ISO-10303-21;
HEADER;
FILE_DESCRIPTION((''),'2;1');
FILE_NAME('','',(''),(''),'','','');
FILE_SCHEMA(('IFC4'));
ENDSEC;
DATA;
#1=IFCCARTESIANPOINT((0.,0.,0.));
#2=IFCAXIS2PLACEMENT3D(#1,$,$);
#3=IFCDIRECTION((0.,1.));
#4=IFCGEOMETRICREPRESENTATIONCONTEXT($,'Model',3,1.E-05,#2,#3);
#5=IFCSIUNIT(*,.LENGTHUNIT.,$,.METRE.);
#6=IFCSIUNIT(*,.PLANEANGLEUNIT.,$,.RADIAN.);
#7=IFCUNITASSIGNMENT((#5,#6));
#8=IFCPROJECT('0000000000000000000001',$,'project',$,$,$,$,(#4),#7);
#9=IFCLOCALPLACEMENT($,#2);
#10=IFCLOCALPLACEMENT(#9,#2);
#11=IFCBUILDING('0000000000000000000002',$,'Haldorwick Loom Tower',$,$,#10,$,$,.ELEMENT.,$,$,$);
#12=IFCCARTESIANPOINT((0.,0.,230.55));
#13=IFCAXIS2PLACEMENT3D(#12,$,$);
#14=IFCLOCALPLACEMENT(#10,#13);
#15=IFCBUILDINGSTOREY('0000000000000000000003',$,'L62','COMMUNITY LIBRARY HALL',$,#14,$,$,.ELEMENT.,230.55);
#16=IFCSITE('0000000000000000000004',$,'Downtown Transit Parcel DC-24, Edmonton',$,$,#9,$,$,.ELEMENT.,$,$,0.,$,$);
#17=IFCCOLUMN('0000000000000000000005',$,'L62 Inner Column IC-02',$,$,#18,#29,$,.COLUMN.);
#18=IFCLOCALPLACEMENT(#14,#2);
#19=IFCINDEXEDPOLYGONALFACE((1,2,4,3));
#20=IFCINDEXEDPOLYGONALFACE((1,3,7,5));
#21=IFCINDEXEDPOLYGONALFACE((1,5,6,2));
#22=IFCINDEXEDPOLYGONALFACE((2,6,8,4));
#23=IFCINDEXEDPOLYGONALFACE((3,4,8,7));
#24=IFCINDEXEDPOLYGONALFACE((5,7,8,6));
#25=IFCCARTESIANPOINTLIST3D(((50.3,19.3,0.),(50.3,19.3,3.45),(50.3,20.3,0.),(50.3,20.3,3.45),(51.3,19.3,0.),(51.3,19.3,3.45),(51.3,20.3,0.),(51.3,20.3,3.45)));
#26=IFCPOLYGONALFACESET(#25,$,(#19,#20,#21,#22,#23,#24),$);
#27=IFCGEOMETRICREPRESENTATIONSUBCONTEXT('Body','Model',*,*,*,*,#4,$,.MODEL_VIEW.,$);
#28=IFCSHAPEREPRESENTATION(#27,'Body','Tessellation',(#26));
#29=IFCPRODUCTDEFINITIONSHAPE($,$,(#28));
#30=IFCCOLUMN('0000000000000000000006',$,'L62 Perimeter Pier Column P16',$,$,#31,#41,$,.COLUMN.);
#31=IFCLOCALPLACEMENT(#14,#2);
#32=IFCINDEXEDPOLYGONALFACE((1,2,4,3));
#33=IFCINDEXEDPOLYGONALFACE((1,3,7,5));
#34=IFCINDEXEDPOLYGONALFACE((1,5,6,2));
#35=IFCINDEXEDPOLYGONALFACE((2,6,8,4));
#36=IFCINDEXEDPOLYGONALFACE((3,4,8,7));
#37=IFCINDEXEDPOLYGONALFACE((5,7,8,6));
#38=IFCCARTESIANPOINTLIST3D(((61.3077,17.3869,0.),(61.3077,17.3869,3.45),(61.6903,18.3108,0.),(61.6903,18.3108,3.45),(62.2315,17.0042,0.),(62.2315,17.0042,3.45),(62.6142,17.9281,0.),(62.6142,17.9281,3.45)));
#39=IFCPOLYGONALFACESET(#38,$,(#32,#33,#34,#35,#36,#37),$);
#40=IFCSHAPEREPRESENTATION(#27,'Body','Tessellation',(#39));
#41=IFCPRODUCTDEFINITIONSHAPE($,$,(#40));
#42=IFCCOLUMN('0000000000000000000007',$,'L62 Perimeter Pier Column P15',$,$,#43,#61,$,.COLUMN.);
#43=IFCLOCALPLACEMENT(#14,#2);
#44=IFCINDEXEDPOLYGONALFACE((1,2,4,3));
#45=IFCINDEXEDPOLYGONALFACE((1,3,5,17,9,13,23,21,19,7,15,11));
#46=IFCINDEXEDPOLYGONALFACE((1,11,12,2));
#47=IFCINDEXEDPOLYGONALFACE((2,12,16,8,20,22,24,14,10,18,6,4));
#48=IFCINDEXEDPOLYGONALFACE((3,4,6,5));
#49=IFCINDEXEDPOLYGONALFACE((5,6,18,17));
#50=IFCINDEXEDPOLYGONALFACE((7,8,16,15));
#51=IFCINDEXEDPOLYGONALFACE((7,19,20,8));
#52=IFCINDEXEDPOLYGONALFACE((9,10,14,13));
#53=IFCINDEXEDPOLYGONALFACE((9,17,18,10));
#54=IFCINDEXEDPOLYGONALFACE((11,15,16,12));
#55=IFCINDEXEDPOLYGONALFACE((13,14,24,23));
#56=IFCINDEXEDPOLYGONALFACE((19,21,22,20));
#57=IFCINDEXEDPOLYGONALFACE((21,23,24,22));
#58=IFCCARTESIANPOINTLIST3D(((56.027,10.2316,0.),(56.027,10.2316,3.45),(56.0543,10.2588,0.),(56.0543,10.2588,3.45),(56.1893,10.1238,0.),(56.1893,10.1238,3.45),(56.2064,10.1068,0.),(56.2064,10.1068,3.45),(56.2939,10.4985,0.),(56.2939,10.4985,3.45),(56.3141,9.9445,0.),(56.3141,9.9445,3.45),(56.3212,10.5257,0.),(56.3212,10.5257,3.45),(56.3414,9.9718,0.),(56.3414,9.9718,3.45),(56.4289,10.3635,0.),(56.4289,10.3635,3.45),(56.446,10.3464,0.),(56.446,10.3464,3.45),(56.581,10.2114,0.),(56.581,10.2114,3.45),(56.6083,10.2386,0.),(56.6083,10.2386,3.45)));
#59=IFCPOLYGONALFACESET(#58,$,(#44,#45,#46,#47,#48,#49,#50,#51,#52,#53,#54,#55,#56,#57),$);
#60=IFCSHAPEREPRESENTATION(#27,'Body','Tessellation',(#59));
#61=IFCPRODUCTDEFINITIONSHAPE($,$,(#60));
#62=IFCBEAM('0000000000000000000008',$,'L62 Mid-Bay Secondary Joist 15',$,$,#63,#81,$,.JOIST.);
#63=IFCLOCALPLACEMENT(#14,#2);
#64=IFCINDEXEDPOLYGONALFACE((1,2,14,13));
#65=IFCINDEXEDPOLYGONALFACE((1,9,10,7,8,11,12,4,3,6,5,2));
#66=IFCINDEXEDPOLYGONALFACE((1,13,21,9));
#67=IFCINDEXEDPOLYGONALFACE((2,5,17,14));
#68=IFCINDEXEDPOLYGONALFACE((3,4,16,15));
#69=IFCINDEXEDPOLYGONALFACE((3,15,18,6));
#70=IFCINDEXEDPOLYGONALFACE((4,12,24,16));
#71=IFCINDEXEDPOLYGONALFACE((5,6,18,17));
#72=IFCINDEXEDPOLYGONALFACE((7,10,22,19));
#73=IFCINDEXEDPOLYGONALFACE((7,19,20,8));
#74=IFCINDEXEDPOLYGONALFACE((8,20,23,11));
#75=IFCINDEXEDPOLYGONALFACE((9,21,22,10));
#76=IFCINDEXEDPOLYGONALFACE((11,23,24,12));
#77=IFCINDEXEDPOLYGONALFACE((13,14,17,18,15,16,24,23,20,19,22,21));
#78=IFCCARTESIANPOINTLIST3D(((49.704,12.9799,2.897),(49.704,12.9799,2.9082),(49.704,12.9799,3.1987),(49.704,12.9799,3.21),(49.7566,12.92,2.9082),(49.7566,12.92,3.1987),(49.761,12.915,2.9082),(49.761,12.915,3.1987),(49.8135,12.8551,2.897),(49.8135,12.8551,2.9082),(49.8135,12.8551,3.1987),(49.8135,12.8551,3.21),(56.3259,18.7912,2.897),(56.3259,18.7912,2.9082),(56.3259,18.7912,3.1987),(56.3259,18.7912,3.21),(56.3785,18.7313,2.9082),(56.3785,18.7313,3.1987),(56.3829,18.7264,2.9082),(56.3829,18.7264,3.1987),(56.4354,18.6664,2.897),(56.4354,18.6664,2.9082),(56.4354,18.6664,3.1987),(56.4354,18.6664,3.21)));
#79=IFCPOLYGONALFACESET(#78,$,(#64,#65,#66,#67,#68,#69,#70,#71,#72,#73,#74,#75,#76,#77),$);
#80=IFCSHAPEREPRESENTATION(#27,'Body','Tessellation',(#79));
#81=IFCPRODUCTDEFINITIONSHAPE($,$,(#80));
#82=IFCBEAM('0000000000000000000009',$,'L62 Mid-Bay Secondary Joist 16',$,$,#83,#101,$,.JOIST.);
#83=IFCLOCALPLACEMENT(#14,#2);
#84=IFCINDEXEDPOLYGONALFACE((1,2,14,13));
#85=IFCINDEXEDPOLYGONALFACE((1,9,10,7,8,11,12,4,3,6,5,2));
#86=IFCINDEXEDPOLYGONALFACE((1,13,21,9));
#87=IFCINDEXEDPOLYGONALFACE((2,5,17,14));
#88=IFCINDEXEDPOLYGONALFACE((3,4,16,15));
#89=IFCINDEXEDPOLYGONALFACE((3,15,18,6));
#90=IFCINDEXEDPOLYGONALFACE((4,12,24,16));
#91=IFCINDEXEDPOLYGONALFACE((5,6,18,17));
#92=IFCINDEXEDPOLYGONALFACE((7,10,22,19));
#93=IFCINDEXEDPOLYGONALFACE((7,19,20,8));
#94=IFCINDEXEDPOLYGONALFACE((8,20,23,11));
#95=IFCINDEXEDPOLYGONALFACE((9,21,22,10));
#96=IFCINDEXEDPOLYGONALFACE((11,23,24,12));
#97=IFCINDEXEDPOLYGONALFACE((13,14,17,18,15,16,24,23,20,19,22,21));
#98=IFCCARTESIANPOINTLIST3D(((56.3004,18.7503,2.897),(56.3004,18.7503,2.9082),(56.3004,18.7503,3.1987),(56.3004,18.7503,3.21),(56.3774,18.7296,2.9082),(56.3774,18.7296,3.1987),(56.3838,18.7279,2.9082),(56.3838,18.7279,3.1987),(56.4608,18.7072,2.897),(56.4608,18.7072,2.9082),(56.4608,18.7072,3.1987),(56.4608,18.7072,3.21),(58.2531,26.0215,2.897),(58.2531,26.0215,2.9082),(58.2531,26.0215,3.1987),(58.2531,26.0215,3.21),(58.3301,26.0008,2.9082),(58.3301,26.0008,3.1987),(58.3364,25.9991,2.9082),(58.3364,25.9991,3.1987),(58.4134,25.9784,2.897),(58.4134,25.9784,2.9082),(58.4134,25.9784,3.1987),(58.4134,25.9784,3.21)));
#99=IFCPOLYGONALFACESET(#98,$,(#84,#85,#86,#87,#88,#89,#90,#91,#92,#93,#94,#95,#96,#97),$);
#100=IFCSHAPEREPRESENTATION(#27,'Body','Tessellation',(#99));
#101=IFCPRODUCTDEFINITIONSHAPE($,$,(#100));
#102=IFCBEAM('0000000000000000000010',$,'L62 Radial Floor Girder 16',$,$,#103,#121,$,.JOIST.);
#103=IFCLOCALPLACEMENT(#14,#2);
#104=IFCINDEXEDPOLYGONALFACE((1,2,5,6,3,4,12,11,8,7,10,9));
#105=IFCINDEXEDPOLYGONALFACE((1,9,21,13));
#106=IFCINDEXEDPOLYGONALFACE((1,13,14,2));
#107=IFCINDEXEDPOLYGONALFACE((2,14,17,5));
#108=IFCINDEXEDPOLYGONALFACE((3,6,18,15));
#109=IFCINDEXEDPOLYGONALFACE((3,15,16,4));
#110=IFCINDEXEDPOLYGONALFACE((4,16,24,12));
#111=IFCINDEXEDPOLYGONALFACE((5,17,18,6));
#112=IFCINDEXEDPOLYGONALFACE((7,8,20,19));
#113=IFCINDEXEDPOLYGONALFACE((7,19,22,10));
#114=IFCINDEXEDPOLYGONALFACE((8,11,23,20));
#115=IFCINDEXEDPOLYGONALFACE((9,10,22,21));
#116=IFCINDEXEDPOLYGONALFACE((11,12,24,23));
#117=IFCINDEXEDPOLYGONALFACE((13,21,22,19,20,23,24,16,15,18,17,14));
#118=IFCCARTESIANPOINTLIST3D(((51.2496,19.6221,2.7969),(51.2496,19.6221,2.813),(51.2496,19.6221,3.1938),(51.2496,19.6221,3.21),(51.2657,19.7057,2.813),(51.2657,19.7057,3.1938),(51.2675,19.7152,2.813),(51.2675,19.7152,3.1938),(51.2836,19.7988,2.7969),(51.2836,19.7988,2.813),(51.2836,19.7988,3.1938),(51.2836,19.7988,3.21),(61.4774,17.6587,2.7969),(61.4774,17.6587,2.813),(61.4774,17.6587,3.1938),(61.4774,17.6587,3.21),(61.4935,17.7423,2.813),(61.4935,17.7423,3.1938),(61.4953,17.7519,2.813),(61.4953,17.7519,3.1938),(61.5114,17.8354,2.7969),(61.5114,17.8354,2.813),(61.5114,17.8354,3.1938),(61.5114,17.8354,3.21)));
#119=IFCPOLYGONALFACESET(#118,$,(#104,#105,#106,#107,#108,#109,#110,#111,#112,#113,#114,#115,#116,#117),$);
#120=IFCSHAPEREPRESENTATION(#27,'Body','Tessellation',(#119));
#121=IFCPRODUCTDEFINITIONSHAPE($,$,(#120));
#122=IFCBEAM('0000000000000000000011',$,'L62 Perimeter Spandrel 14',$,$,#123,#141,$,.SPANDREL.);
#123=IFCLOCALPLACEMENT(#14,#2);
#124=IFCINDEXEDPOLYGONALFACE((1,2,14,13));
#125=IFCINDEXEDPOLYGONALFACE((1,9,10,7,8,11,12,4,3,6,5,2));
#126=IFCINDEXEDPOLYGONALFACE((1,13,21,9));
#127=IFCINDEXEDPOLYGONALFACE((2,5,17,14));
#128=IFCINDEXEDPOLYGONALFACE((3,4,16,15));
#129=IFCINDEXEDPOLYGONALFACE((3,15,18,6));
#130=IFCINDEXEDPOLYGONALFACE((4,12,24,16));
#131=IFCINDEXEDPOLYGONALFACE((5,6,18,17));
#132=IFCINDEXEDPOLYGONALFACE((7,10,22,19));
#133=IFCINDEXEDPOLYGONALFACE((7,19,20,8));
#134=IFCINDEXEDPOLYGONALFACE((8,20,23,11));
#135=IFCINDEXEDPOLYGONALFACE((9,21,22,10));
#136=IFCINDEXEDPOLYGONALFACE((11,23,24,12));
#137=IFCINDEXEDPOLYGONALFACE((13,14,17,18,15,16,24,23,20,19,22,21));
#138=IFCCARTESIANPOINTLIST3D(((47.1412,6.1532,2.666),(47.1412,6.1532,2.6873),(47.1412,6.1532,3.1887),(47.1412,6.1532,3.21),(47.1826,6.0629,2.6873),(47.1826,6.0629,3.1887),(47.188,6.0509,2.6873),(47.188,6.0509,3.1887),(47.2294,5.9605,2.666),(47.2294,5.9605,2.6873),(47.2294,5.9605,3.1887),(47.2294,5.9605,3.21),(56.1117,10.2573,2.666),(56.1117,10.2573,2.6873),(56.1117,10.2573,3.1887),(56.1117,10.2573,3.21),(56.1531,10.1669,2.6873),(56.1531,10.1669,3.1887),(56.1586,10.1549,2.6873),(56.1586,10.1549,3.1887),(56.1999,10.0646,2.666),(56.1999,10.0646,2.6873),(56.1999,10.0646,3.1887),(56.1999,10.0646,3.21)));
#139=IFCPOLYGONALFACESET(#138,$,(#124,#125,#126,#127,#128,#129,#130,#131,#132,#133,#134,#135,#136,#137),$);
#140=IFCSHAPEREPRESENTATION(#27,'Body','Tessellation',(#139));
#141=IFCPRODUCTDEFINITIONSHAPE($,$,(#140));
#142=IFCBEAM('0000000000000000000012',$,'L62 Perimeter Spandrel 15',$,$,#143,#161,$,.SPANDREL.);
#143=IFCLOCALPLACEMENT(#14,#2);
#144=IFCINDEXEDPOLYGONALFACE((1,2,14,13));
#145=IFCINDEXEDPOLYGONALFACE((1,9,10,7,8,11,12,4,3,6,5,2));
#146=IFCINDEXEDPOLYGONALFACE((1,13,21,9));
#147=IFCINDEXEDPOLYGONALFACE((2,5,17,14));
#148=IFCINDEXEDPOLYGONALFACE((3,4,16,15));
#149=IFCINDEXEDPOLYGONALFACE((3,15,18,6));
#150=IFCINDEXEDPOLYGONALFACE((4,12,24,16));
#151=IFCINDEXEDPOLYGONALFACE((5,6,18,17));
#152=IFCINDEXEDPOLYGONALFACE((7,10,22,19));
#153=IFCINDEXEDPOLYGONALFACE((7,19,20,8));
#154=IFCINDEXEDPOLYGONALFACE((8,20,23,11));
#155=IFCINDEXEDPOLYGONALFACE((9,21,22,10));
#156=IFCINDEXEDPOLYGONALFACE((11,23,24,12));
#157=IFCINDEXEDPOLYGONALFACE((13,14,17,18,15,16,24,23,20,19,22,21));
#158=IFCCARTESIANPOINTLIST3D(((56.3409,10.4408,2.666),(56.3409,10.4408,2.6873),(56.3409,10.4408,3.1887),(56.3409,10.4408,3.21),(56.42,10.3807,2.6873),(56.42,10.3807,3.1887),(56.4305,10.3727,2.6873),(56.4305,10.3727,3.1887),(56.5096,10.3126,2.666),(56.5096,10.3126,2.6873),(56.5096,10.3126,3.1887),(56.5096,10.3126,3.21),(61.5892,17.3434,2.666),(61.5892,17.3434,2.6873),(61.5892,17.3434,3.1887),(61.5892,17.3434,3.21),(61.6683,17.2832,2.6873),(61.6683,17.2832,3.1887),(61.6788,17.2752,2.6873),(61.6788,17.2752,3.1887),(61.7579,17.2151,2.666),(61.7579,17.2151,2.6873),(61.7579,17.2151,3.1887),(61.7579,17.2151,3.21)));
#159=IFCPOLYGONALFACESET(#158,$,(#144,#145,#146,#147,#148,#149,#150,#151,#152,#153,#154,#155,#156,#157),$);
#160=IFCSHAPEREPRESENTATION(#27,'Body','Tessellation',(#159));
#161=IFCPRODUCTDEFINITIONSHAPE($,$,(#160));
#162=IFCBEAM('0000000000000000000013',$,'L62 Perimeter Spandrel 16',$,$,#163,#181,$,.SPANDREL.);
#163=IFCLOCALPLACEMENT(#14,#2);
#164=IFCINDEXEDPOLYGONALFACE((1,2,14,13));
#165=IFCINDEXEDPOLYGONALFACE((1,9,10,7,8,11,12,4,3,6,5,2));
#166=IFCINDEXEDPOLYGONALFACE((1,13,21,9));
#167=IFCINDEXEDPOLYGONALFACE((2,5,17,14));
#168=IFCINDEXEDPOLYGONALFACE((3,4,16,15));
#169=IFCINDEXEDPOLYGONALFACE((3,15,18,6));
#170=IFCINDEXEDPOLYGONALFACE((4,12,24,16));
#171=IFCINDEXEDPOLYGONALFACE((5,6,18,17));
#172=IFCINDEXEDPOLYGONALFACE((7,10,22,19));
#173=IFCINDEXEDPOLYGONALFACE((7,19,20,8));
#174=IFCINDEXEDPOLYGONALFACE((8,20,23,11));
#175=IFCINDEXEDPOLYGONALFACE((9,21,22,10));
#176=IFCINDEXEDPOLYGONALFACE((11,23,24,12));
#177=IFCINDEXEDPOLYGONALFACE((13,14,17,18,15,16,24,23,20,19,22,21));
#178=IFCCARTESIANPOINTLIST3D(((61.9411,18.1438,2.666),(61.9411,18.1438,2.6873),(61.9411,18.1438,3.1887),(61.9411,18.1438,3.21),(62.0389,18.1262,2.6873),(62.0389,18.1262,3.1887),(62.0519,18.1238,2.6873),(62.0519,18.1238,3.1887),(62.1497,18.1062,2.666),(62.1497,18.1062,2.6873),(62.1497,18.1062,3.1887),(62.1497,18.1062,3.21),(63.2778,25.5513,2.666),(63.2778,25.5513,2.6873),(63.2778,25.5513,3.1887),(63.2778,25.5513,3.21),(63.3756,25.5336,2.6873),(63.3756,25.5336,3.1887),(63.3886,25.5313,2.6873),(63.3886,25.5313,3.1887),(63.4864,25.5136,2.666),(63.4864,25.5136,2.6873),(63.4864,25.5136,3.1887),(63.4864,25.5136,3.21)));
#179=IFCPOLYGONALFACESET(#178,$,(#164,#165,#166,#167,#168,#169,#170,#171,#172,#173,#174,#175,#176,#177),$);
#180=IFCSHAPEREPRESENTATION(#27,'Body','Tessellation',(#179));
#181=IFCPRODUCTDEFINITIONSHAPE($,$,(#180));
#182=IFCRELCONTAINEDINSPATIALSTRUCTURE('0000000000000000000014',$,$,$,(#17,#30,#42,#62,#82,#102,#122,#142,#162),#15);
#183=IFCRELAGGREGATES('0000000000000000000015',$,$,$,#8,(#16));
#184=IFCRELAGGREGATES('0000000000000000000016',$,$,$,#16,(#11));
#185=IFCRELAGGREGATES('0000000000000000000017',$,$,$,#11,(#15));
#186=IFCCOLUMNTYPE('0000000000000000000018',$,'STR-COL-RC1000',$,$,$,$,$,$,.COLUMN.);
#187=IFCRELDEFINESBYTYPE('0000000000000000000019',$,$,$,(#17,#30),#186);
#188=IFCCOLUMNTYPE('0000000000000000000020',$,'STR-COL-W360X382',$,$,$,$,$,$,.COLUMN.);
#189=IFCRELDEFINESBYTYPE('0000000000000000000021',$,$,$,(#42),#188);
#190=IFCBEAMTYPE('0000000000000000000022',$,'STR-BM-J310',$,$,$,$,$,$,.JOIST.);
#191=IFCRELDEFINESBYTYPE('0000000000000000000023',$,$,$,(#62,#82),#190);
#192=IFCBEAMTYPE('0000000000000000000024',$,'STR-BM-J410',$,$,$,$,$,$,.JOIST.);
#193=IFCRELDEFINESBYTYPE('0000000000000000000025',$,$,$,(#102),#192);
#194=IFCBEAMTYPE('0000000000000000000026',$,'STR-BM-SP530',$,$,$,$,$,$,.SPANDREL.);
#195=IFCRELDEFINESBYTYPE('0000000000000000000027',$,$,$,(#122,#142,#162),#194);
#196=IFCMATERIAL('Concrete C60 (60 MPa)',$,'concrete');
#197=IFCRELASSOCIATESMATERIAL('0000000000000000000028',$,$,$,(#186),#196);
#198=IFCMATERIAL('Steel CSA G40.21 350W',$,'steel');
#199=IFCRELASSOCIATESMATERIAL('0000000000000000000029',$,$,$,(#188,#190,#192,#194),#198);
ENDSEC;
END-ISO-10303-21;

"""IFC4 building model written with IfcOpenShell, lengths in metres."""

from ifc_helpers import new_model, si_unit, direction, frame, origin, origin_2d, place, context, subcontext, project, spatial, rectangle, i_section, extrude, material, material_profile, profile_set, type_object, element, save


model = new_model("IFC4")

# Units and contexts
model_context = context("Model", 3, precision=1e-05, world=origin(), true_north=direction((0.0, 1.0)))
body_context = subcontext(model_context, "Body", "Model", "MODEL_VIEW")
ifc_project = project(units=[si_unit("LENGTHUNIT", "METRE"), si_unit("PLANEANGLEUNIT", "RADIAN")], contexts=[model_context])

# Site, building, storey
site_placement = place(None, origin())
site = spatial("IfcSite", under=ifc_project, at=site_placement, Name="Downtown Transit Parcel DC-24, Edmonton", CompositionType="ELEMENT", RefElevation=0.0)
building_placement = place(site_placement, origin())
building = spatial("IfcBuilding", under=site, at=building_placement, Name="Haldorwick Loom Tower", CompositionType="ELEMENT")
storey_placement = place(building_placement, frame((0.0, 0.0, 230.55)))
storey = spatial("IfcBuildingStorey", under=building, at=storey_placement, Name="L62", Description="COMMUNITY LIBRARY HALL", CompositionType="ELEMENT", Elevation=230.55)

# Columns
ifc_material_1 = material(Name="Concrete C60 (60 MPa)", Category="concrete")
ifc_material_profile_1 = material_profile(ifc_material_1, rectangle(XDim=1.0, YDim=1.0, at=origin_2d()), Name="RC1000X1000", Category="concrete")
ifc_profile_set_1 = profile_set([ifc_material_profile_1], Name="Concrete C60 (60 MPa)")
column_type_1 = type_object("IfcColumnType", Name="STR-COL-RC1000", PredefinedType="COLUMN", material=ifc_profile_set_1)
for number, where, z_axis, x_axis, name in (
    (1, (50.8, 19.8, 0.0), (0.0, 0.0, 1.0), (1.0, 0.0, 0.0), "L62 Inner Column IC-02"),
    (2, (61.9609, 17.6575, 0.0), (0.0, 0.0, 1.0), (0.92388, -0.382683, 0.0), "L62 Perimeter Pier Column P16"),
):
    element("IfcColumn", number, at=place(storey_placement, frame(where, z_axis=z_axis, x_axis=x_axis)), inside=storey, type_object=column_type_1, Name=name, PredefinedType="COLUMN", context=body_context, shape_type="SweptSolid", body=[
        extrude(rectangle(XDim=1.0, YDim=1.0, at=origin_2d()), origin(), (0.0, 0.0, 1.0), 3.45),
    ])
ifc_material_2 = material(Name="Steel CSA G40.21 350W", Category="steel")
ifc_material_profile_2 = material_profile(ifc_material_2, i_section(OverallWidth=0.406, OverallDepth=0.416, WebThickness=0.0242, FlangeThickness=0.0386, at=origin_2d()), Name="W360X382", Category="steel")
ifc_profile_set_2 = profile_set([ifc_material_profile_2], Name="Steel CSA G40.21 350W")
column_type_2 = type_object("IfcColumnType", Name="STR-COL-W360X382", PredefinedType="COLUMN", material=ifc_profile_set_2)
column_placement = place(storey_placement, frame((56.3176, 10.2351, 0.0), z_axis=(0.0, 0.0, 1.0), x_axis=(0.707107, -0.707107, 0.0)))
element("IfcColumn", 3, at=column_placement, inside=storey, type_object=column_type_2, Name="L62 Perimeter Pier Column P15", PredefinedType="COLUMN", context=body_context, shape_type="SweptSolid", body=[
    extrude(i_section(OverallWidth=0.406, OverallDepth=0.416, WebThickness=0.0242, FlangeThickness=0.0386, at=origin_2d()), origin(), (0.0, 0.0, 1.0), 3.45),
])

# Beams
ifc_material_profile_3 = material_profile(ifc_material_2, i_section(OverallWidth=0.166, OverallDepth=0.313, WebThickness=0.0066, FlangeThickness=0.0112, at=origin_2d()), Name="W310X45", Category="steel")
ifc_profile_set_3 = profile_set([ifc_material_profile_3], Name="Steel CSA G40.21 350W")
beam_type_1 = type_object("IfcBeamType", Name="STR-BM-J310", PredefinedType="JOIST", material=ifc_profile_set_3)
beam_1_placement = place(storey_placement, frame((49.7588, 12.9175, 3.0535), z_axis=(0.751609, 0.659608, 0.0), x_axis=(-0.659608, 0.751609, 0.0)))
element("IfcBeam", 4, at=beam_1_placement, inside=storey, type_object=beam_type_1, Name="L62 Mid-Bay Secondary Joist 15", PredefinedType="JOIST", context=body_context, shape_type="SweptSolid", body=[
    extrude(i_section(OverallWidth=0.166, OverallDepth=0.313, WebThickness=0.0066, FlangeThickness=0.0112, at=origin_2d()), origin(), (0.0, 0.0, 1.0), 8.8103),
])
beam_2_placement = place(storey_placement, frame((56.3806, 18.7288, 3.0535), z_axis=(0.259354, 0.965782, 0.0), x_axis=(-0.965782, 0.259354, 0.0)))
element("IfcBeam", 5, at=beam_2_placement, inside=storey, type_object=beam_type_1, Name="L62 Mid-Bay Secondary Joist 16", PredefinedType="JOIST", context=body_context, shape_type="SweptSolid", body=[
    extrude(i_section(OverallWidth=0.166, OverallDepth=0.313, WebThickness=0.0066, FlangeThickness=0.0112, at=origin_2d()), origin(), (0.0, 0.0, 1.0), 7.5288),
])
ifc_material_profile_4 = material_profile(ifc_material_2, i_section(OverallWidth=0.1799, OverallDepth=0.4131, WebThickness=0.0098, FlangeThickness=0.0161, at=origin_2d()), Name="W410X74", Category="steel")
ifc_profile_set_4 = profile_set([ifc_material_profile_4], Name="Steel CSA G40.21 350W")
beam_type_2 = type_object("IfcBeamType", Name="STR-BM-J410", PredefinedType="JOIST", material=ifc_profile_set_4)
beam_3_placement = place(storey_placement, frame((51.2666, 19.7104, 3.0034), z_axis=(0.982069, -0.188523, 0.0), x_axis=(0.188523, 0.982069, 0.0)))
element("IfcBeam", 6, at=beam_3_placement, inside=storey, type_object=beam_type_2, Name="L62 Radial Floor Girder 16", PredefinedType="JOIST", context=body_context, shape_type="SweptSolid", body=[
    extrude(i_section(OverallWidth=0.1799, OverallDepth=0.4131, WebThickness=0.0098, FlangeThickness=0.0161, at=origin_2d()), origin(), (0.0, 0.0, 1.0), 10.4146),
])
ifc_material_profile_5 = material_profile(ifc_material_2, i_section(OverallWidth=0.2119, OverallDepth=0.5439, WebThickness=0.0132, FlangeThickness=0.0212, at=origin_2d()), Name="W530X123", Category="steel")
ifc_profile_set_5 = profile_set([ifc_material_profile_5], Name="Steel CSA G40.21 350W")
beam_type_3 = type_object("IfcBeamType", Name="STR-BM-SP530", PredefinedType="SPANDREL", material=ifc_profile_set_5)
beam_4_placement = place(storey_placement, frame((47.1853, 6.0569, 2.938), z_axis=(0.909351, 0.41603, 0.0), x_axis=(-0.41603, 0.909351, 0.0)))
element("IfcBeam", 7, at=beam_4_placement, inside=storey, type_object=beam_type_3, Name="L62 Perimeter Spandrel 14", PredefinedType="SPANDREL", context=body_context, shape_type="SweptSolid", body=[
    extrude(i_section(OverallWidth=0.2119, OverallDepth=0.5439, WebThickness=0.0132, FlangeThickness=0.0212, at=origin_2d()), origin(), (0.0, 0.0, 1.0), 9.8647),
])
beam_5_placement = place(storey_placement, frame((56.4253, 10.3767, 2.938), z_axis=(0.605253, 0.796033, 0.0), x_axis=(-0.796033, 0.605253, 0.0)))
element("IfcBeam", 8, at=beam_5_placement, inside=storey, type_object=beam_type_3, Name="L62 Perimeter Spandrel 15", PredefinedType="SPANDREL", context=body_context, shape_type="SweptSolid", body=[
    extrude(i_section(OverallWidth=0.2119, OverallDepth=0.5439, WebThickness=0.0132, FlangeThickness=0.0212, at=origin_2d()), origin(), (0.0, 0.0, 1.0), 8.6711),
])
beam_6_placement = place(storey_placement, frame((62.0454, 18.125, 2.938), z_axis=(0.177581, 0.984106, 0.0), x_axis=(-0.984106, 0.177581, 0.0)))
element("IfcBeam", 9, at=beam_6_placement, inside=storey, type_object=beam_type_3, Name="L62 Perimeter Spandrel 16", PredefinedType="SPANDREL", context=body_context, shape_type="SweptSolid", body=[
    extrude(i_section(OverallWidth=0.2119, OverallDepth=0.5439, WebThickness=0.0132, FlangeThickness=0.0212, at=origin_2d()), origin(), (0.0, 0.0, 1.0), 7.5271),
])

save(model, "model.ifc")
